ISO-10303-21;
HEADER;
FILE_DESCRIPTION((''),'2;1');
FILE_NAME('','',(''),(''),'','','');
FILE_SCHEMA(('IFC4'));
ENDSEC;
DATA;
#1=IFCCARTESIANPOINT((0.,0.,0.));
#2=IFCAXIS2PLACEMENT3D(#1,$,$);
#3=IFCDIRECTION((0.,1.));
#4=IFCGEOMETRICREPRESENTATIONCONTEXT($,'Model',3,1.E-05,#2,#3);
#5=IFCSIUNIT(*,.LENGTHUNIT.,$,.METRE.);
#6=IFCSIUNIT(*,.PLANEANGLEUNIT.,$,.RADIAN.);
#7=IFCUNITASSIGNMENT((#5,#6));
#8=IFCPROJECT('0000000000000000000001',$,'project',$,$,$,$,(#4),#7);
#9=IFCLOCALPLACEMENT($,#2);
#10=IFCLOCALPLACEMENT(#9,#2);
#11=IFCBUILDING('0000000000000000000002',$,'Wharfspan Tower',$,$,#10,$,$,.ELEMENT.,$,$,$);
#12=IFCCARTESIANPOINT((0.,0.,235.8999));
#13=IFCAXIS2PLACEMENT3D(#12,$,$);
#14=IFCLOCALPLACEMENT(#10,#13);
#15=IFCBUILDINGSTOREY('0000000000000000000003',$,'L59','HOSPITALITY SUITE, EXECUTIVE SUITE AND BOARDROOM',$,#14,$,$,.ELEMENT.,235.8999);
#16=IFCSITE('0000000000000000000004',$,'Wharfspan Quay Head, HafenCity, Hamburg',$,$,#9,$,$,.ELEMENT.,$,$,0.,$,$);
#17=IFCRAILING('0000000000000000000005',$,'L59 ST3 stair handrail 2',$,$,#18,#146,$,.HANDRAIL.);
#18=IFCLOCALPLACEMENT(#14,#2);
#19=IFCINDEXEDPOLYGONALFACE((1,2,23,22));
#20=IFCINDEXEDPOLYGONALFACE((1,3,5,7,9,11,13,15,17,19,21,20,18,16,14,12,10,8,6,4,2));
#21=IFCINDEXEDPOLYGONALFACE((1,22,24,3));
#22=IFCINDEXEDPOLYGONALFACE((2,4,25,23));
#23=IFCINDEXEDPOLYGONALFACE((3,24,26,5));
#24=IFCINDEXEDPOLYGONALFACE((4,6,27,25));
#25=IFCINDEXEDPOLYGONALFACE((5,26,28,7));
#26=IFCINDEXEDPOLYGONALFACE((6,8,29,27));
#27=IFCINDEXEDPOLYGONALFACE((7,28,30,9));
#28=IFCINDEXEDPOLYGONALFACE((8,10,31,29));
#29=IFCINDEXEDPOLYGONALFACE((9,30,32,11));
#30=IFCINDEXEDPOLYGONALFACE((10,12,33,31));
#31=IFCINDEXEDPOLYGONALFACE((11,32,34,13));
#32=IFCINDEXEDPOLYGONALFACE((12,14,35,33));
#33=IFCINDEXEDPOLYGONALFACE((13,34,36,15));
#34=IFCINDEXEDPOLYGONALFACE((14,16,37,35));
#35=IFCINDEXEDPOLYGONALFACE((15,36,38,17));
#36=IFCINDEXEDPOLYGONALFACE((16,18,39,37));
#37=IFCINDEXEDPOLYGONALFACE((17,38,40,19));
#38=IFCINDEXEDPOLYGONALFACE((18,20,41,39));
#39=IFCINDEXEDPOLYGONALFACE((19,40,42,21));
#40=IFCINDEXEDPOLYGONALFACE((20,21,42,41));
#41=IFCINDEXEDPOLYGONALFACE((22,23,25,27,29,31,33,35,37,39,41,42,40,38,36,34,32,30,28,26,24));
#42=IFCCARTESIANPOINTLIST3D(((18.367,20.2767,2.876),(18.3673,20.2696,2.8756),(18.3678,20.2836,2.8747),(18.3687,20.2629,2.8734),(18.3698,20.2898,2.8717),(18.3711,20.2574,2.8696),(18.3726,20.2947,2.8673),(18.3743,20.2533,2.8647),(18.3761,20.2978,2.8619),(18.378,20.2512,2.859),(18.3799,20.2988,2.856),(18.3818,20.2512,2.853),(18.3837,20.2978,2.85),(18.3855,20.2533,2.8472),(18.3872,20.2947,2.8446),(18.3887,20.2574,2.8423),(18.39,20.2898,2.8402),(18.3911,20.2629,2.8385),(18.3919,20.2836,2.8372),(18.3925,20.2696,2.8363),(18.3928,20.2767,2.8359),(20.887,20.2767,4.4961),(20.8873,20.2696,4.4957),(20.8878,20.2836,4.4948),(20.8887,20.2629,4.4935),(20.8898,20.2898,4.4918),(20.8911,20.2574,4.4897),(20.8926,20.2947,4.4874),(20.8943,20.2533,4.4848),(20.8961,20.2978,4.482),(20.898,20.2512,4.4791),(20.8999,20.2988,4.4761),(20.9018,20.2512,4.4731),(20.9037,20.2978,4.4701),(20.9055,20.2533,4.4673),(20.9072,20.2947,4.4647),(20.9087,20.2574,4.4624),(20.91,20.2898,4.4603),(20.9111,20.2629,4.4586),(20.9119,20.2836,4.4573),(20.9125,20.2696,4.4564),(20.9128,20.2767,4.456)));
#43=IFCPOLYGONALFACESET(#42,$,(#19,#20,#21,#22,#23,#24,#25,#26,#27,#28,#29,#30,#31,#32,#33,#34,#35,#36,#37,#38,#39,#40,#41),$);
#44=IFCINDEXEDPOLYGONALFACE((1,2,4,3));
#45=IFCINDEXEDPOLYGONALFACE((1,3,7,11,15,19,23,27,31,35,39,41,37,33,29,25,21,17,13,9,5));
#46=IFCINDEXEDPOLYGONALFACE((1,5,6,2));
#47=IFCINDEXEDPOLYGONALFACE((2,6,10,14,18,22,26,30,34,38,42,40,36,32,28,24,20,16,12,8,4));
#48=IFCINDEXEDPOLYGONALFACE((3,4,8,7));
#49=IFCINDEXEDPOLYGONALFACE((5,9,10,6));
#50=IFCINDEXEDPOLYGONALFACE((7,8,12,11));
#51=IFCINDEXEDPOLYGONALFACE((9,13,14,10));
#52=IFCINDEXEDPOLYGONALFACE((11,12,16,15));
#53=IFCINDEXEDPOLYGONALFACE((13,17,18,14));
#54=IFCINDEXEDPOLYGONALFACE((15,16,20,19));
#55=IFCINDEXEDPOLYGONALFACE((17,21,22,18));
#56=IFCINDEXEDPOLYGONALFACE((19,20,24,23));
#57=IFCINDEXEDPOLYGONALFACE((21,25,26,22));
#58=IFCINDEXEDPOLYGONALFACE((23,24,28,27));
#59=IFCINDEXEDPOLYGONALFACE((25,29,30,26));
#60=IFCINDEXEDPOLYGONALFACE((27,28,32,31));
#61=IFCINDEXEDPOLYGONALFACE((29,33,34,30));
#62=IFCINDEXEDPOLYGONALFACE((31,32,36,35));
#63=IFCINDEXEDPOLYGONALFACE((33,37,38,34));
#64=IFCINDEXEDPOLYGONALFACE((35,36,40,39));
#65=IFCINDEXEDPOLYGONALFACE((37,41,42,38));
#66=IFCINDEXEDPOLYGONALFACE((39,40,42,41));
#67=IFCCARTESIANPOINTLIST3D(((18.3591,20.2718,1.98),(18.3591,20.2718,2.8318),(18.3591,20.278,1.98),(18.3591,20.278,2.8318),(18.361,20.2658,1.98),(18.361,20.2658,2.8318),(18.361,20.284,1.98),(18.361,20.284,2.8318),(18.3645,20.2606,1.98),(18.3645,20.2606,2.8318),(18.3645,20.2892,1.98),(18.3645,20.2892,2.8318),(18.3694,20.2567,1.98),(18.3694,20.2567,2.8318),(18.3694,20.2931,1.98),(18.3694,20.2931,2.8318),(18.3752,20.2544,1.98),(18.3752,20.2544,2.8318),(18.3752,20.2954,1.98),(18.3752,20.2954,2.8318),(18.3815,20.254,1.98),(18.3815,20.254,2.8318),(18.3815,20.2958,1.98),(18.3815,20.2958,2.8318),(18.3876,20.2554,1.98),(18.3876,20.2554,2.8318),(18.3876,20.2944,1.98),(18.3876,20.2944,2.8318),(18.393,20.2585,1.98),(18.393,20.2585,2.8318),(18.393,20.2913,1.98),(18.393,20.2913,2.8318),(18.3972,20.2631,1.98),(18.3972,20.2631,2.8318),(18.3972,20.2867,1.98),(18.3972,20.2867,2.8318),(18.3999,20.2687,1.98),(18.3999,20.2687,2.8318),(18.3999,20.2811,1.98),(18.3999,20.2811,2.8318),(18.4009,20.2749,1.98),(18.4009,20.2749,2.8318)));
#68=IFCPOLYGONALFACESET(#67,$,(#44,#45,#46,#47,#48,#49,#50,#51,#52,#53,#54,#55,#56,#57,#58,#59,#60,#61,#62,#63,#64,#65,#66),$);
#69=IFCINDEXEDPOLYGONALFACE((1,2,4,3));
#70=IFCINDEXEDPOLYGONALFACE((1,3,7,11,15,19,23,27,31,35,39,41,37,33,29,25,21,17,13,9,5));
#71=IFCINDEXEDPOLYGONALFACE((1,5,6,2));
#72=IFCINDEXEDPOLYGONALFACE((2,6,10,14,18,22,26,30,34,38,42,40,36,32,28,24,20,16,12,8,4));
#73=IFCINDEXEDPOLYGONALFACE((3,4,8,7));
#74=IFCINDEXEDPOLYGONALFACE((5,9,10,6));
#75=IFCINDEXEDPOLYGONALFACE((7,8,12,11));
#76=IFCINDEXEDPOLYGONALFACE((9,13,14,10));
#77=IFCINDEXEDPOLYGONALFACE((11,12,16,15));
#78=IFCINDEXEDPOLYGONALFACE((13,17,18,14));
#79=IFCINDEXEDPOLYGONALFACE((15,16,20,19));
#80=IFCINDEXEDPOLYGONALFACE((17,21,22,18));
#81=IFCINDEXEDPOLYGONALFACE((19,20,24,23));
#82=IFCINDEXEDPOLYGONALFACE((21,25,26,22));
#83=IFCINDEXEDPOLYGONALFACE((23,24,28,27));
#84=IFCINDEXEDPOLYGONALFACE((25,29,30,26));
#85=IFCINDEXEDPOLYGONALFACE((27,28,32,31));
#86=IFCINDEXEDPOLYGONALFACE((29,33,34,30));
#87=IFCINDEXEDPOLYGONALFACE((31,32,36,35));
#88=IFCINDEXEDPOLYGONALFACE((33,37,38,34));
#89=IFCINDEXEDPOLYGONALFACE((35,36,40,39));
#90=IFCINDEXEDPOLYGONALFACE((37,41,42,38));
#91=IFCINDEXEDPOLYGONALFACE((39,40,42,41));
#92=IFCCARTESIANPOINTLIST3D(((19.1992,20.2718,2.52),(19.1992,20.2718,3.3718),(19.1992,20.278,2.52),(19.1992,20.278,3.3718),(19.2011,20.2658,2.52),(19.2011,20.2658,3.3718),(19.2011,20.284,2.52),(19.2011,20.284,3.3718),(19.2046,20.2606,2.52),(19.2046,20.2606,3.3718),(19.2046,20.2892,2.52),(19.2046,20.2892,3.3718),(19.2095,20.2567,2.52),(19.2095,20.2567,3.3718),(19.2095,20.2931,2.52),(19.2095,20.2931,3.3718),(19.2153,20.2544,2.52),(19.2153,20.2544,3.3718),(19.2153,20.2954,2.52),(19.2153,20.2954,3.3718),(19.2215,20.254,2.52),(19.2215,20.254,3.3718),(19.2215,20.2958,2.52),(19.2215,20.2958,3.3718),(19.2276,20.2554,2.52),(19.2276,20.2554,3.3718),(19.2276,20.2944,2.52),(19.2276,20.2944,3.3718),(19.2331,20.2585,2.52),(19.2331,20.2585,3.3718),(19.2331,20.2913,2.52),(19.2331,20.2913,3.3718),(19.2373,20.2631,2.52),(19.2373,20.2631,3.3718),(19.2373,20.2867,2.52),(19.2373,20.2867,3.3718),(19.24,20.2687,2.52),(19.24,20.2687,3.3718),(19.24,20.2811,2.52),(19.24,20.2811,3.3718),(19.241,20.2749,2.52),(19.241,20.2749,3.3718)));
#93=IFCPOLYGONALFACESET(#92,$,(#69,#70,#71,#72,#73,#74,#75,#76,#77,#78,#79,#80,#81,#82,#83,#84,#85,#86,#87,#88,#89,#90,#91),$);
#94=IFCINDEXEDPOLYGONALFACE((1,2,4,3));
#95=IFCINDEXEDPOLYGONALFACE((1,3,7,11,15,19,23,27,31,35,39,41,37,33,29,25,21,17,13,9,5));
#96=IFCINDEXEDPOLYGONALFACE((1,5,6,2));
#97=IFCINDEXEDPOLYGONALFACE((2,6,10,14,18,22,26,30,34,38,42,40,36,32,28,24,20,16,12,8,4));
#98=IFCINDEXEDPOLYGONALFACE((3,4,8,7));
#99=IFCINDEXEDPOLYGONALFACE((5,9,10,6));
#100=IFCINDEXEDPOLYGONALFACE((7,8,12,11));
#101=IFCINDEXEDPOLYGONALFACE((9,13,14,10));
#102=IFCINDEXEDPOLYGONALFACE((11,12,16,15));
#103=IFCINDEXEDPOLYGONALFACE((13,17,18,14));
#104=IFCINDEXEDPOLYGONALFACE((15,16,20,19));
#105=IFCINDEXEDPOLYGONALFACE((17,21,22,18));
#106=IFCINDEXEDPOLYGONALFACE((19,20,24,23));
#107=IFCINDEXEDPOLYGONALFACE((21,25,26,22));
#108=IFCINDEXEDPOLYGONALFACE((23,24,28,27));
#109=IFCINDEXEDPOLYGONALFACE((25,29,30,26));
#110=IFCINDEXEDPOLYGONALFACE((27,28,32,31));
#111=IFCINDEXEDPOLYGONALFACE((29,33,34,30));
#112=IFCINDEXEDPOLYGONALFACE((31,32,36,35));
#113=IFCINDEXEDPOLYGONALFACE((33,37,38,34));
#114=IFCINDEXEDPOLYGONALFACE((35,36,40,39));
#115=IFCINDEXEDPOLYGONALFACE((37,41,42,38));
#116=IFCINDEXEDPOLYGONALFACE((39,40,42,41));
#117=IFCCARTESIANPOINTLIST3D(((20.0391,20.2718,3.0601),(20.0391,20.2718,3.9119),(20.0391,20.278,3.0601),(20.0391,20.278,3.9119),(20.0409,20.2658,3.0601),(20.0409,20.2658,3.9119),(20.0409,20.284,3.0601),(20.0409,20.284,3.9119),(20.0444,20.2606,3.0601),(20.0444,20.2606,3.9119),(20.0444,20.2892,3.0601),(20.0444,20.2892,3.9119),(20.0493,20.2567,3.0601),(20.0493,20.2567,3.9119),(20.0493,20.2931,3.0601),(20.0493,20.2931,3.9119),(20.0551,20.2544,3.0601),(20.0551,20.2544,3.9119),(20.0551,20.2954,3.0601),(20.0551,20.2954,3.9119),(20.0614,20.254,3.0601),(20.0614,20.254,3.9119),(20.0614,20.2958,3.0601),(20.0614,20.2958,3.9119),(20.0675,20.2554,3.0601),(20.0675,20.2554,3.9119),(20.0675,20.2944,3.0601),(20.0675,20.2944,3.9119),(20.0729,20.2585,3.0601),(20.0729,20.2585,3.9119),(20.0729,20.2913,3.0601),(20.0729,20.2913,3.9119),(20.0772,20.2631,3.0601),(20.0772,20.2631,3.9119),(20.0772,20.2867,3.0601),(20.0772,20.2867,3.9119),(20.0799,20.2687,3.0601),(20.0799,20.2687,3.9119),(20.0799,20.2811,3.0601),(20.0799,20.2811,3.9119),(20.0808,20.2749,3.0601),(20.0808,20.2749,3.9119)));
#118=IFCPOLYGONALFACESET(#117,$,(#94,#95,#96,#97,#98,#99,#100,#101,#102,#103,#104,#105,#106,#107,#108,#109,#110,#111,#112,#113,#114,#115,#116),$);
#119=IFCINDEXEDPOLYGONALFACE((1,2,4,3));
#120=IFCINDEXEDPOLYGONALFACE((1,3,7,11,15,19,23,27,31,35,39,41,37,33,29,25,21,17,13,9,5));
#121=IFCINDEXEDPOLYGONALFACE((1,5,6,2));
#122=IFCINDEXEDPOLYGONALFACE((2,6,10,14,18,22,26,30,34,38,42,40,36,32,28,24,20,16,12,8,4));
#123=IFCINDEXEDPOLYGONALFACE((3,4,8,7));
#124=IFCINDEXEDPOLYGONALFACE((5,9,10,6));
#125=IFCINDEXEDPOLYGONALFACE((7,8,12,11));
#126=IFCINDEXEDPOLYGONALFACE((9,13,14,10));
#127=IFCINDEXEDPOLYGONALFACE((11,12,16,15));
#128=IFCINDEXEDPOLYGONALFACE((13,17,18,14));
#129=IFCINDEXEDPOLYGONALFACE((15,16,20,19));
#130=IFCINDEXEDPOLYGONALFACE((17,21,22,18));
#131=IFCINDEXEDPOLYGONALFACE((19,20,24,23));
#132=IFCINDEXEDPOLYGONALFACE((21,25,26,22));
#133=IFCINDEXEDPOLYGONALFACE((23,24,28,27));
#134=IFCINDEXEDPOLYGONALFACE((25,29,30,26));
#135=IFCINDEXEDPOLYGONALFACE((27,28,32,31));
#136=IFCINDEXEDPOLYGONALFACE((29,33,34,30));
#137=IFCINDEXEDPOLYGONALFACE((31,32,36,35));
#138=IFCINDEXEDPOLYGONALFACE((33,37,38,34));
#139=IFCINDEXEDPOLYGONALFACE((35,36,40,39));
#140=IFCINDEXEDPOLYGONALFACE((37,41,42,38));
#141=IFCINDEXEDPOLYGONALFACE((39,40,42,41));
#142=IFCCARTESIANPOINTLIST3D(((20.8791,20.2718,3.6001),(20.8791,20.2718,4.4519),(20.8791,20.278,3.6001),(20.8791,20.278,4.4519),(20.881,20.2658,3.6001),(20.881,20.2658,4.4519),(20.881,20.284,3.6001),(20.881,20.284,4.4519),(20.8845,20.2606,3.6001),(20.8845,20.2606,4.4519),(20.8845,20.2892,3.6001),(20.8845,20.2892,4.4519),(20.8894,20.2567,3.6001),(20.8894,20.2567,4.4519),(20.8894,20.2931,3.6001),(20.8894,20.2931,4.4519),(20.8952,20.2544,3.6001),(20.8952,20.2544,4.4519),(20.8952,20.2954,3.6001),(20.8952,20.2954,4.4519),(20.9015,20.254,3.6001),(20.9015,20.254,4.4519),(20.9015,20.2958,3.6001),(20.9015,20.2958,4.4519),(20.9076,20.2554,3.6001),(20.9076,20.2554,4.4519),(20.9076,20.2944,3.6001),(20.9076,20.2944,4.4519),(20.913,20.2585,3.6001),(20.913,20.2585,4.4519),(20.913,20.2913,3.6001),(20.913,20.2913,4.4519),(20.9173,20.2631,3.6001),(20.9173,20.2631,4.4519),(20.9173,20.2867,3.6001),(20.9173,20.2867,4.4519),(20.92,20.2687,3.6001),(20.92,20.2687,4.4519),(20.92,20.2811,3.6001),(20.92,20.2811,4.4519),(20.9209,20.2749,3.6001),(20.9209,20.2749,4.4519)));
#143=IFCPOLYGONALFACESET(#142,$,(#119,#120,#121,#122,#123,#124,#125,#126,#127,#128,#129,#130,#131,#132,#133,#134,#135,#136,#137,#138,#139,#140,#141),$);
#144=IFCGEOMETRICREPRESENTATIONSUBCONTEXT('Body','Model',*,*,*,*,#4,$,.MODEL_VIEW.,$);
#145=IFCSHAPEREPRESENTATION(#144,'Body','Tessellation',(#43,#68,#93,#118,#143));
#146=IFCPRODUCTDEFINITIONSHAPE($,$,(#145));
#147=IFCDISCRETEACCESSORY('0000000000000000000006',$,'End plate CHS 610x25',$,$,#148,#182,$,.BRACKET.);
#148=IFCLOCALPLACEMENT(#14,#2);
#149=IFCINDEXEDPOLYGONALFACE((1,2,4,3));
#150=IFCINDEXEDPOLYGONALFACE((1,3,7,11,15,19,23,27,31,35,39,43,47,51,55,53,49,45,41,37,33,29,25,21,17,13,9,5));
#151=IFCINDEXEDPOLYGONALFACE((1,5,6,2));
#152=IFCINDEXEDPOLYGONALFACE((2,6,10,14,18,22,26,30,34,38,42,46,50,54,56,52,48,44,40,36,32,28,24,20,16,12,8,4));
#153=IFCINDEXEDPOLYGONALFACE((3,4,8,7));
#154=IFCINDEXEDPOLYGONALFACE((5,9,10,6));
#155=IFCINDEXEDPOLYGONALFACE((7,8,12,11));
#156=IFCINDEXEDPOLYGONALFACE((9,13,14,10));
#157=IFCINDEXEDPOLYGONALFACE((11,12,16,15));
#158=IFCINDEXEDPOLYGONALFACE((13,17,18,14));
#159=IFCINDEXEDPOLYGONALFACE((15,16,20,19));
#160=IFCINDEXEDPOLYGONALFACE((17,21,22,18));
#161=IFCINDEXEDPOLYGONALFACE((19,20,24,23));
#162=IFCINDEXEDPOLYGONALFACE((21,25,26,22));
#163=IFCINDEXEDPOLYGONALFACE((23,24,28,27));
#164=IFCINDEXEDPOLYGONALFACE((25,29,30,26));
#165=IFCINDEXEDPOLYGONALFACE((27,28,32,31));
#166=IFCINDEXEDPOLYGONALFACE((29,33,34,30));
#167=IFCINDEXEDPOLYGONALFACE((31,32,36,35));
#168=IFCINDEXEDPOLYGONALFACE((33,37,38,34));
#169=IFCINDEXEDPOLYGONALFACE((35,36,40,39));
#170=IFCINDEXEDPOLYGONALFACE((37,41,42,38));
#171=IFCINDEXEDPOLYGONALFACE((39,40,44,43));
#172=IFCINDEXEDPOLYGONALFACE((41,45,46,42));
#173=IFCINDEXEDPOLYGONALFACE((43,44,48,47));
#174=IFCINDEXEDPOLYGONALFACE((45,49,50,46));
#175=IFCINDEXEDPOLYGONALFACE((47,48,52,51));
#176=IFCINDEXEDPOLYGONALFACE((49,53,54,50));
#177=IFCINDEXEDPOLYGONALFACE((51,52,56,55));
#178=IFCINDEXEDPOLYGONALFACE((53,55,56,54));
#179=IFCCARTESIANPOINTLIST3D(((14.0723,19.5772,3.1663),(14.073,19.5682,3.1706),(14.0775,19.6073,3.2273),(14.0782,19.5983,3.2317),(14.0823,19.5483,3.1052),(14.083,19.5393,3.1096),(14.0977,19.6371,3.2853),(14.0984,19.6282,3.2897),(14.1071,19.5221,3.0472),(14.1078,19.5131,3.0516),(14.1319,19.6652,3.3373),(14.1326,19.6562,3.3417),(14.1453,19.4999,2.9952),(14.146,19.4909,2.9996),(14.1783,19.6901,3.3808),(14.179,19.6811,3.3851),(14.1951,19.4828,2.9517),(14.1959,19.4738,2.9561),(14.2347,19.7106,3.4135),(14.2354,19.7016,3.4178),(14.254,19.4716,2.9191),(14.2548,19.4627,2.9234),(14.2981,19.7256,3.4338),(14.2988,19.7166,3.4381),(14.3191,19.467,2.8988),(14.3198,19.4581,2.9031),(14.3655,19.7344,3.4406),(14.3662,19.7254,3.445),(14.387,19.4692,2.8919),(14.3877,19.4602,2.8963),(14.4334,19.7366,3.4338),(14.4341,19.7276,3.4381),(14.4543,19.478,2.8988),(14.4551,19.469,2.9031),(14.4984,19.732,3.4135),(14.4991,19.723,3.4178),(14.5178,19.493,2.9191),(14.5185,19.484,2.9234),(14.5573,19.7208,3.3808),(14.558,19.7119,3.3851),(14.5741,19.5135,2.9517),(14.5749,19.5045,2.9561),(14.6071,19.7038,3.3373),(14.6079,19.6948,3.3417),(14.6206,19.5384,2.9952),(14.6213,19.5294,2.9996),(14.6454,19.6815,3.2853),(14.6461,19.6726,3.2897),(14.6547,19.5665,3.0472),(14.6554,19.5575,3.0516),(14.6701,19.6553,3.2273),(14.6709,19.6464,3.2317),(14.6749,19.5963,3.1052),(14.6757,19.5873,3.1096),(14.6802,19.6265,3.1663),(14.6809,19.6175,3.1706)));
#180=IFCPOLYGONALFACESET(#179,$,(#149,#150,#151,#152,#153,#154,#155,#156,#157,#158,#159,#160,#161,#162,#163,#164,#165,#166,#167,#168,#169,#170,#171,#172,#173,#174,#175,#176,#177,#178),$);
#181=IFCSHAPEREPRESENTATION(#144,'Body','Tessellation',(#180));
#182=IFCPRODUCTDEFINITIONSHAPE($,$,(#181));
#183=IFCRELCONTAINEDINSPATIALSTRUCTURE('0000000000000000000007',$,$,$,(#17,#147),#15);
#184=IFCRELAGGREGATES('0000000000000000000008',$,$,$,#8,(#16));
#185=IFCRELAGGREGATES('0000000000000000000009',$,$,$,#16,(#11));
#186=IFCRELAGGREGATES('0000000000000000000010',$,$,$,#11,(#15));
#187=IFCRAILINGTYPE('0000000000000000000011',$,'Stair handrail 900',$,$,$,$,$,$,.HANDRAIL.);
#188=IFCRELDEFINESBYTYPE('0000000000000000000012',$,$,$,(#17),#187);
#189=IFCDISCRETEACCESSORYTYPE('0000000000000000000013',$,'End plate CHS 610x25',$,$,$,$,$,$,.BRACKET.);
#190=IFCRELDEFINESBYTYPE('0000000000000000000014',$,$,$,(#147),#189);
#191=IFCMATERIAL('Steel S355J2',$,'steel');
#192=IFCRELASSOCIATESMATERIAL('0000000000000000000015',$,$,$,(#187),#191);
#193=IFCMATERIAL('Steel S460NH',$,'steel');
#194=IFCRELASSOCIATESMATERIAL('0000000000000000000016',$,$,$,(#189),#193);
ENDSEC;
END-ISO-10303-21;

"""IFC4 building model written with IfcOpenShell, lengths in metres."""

from ifc_helpers import new_model, si_unit, direction, frame, origin, origin_2d, place, context, subcontext, project, spatial, circle, extrude, material, material_profile, profile_set, type_object, element, save


model = new_model("IFC4")

# Units and contexts
model_context = context("Model", 3, precision=1e-05, world=origin(), true_north=direction((0.0, 1.0)))
body_context = subcontext(model_context, "Body", "Model", "MODEL_VIEW")
ifc_project = project(units=[si_unit("LENGTHUNIT", "METRE"), si_unit("PLANEANGLEUNIT", "RADIAN")], contexts=[model_context])

# Site, building, storey
site_placement = place(None, origin())
site = spatial("IfcSite", under=ifc_project, at=site_placement, Name="Wharfspan Quay Head, HafenCity, Hamburg", CompositionType="ELEMENT", RefElevation=0.0)
building_placement = place(site_placement, origin())
building = spatial("IfcBuilding", under=site, at=building_placement, Name="Wharfspan Tower", CompositionType="ELEMENT")
storey_placement = place(building_placement, frame((0.0, 0.0, 235.8999)))
storey = spatial("IfcBuildingStorey", under=building, at=storey_placement, Name="L59", Description="HOSPITALITY SUITE, EXECUTIVE SUITE AND BOARDROOM", CompositionType="ELEMENT", Elevation=235.8999)

# Shared definitions
ifc_material_1 = material(Name="Steel S355J2", Category="steel")

# Shared definitions
ifc_material_2 = material(Name="Steel S460NH", Category="steel")

# Railing
railing_type = type_object("IfcRailingType", Name="Stair handrail 900", PredefinedType="HANDRAIL", material=ifc_material_1)
railing_placement = place(storey_placement, frame((18.3799, 20.2749, 1.98)))
element("IfcRailing", 1, at=railing_placement, inside=storey, type_object=railing_type, Name="L59 ST3 stair handrail 2", PredefinedType="HANDRAIL", context=body_context, shape_type="SweptSolid", body=[
    extrude(circle(Radius=0.0239, at=origin_2d()), frame((0.0, 0.0, 0.876), z_axis=(0.841163, 0.0, 0.540782), x_axis=(0.0, 1.0, 0.0)), (0.0, 0.0, 1.0), 2.9958),
    extrude(circle(Radius=0.021, at=origin_2d()), origin(), (0.0, 0.0, 1.0), 0.8518),
    extrude(circle(Radius=0.021, at=origin_2d()), frame((0.8401, 0.0, 0.54)), (0.0, 0.0, 1.0), 0.8518),
    extrude(circle(Radius=0.021, at=origin_2d()), frame((1.6799, 0.0, 1.0801)), (0.0, 0.0, 1.0), 0.8518),
    extrude(circle(Radius=0.021, at=origin_2d()), frame((2.52, 0.0, 1.6201)), (0.0, 0.0, 1.0), 0.8518),
])

# Discrete accessory
ifc_material_profile_1 = material_profile(ifc_material_2, circle(Radius=0.3049, at=origin_2d()))
ifc_profile_set_1 = profile_set([ifc_material_profile_1], Name="Steel S460NH")
discrete_accessory_type = type_object("IfcDiscreteAccessoryType", Name="End plate CHS 610x25", PredefinedType="BRACKET", material=ifc_profile_set_1)
for number, where, z_axis, x_axis, name in (
    (2, (14.3762, 19.6018, 3.1663), (0.072718, -0.896854, 0.436308), (0.996729, 0.080815, -0.000002), "End plate CHS 610x25"),
):
    element("IfcDiscreteAccessory", number, at=place(storey_placement, frame(where, z_axis=z_axis, x_axis=x_axis)), inside=storey, type_object=discrete_accessory_type, Name=name, PredefinedType="BRACKET", context=body_context, shape_type="SweptSolid", body=[
        extrude(circle(Radius=0.3049, at=origin_2d()), origin(), (0.0, 0.0, 1.0), 0.01),
    ])

save(model, "model.ifc")
